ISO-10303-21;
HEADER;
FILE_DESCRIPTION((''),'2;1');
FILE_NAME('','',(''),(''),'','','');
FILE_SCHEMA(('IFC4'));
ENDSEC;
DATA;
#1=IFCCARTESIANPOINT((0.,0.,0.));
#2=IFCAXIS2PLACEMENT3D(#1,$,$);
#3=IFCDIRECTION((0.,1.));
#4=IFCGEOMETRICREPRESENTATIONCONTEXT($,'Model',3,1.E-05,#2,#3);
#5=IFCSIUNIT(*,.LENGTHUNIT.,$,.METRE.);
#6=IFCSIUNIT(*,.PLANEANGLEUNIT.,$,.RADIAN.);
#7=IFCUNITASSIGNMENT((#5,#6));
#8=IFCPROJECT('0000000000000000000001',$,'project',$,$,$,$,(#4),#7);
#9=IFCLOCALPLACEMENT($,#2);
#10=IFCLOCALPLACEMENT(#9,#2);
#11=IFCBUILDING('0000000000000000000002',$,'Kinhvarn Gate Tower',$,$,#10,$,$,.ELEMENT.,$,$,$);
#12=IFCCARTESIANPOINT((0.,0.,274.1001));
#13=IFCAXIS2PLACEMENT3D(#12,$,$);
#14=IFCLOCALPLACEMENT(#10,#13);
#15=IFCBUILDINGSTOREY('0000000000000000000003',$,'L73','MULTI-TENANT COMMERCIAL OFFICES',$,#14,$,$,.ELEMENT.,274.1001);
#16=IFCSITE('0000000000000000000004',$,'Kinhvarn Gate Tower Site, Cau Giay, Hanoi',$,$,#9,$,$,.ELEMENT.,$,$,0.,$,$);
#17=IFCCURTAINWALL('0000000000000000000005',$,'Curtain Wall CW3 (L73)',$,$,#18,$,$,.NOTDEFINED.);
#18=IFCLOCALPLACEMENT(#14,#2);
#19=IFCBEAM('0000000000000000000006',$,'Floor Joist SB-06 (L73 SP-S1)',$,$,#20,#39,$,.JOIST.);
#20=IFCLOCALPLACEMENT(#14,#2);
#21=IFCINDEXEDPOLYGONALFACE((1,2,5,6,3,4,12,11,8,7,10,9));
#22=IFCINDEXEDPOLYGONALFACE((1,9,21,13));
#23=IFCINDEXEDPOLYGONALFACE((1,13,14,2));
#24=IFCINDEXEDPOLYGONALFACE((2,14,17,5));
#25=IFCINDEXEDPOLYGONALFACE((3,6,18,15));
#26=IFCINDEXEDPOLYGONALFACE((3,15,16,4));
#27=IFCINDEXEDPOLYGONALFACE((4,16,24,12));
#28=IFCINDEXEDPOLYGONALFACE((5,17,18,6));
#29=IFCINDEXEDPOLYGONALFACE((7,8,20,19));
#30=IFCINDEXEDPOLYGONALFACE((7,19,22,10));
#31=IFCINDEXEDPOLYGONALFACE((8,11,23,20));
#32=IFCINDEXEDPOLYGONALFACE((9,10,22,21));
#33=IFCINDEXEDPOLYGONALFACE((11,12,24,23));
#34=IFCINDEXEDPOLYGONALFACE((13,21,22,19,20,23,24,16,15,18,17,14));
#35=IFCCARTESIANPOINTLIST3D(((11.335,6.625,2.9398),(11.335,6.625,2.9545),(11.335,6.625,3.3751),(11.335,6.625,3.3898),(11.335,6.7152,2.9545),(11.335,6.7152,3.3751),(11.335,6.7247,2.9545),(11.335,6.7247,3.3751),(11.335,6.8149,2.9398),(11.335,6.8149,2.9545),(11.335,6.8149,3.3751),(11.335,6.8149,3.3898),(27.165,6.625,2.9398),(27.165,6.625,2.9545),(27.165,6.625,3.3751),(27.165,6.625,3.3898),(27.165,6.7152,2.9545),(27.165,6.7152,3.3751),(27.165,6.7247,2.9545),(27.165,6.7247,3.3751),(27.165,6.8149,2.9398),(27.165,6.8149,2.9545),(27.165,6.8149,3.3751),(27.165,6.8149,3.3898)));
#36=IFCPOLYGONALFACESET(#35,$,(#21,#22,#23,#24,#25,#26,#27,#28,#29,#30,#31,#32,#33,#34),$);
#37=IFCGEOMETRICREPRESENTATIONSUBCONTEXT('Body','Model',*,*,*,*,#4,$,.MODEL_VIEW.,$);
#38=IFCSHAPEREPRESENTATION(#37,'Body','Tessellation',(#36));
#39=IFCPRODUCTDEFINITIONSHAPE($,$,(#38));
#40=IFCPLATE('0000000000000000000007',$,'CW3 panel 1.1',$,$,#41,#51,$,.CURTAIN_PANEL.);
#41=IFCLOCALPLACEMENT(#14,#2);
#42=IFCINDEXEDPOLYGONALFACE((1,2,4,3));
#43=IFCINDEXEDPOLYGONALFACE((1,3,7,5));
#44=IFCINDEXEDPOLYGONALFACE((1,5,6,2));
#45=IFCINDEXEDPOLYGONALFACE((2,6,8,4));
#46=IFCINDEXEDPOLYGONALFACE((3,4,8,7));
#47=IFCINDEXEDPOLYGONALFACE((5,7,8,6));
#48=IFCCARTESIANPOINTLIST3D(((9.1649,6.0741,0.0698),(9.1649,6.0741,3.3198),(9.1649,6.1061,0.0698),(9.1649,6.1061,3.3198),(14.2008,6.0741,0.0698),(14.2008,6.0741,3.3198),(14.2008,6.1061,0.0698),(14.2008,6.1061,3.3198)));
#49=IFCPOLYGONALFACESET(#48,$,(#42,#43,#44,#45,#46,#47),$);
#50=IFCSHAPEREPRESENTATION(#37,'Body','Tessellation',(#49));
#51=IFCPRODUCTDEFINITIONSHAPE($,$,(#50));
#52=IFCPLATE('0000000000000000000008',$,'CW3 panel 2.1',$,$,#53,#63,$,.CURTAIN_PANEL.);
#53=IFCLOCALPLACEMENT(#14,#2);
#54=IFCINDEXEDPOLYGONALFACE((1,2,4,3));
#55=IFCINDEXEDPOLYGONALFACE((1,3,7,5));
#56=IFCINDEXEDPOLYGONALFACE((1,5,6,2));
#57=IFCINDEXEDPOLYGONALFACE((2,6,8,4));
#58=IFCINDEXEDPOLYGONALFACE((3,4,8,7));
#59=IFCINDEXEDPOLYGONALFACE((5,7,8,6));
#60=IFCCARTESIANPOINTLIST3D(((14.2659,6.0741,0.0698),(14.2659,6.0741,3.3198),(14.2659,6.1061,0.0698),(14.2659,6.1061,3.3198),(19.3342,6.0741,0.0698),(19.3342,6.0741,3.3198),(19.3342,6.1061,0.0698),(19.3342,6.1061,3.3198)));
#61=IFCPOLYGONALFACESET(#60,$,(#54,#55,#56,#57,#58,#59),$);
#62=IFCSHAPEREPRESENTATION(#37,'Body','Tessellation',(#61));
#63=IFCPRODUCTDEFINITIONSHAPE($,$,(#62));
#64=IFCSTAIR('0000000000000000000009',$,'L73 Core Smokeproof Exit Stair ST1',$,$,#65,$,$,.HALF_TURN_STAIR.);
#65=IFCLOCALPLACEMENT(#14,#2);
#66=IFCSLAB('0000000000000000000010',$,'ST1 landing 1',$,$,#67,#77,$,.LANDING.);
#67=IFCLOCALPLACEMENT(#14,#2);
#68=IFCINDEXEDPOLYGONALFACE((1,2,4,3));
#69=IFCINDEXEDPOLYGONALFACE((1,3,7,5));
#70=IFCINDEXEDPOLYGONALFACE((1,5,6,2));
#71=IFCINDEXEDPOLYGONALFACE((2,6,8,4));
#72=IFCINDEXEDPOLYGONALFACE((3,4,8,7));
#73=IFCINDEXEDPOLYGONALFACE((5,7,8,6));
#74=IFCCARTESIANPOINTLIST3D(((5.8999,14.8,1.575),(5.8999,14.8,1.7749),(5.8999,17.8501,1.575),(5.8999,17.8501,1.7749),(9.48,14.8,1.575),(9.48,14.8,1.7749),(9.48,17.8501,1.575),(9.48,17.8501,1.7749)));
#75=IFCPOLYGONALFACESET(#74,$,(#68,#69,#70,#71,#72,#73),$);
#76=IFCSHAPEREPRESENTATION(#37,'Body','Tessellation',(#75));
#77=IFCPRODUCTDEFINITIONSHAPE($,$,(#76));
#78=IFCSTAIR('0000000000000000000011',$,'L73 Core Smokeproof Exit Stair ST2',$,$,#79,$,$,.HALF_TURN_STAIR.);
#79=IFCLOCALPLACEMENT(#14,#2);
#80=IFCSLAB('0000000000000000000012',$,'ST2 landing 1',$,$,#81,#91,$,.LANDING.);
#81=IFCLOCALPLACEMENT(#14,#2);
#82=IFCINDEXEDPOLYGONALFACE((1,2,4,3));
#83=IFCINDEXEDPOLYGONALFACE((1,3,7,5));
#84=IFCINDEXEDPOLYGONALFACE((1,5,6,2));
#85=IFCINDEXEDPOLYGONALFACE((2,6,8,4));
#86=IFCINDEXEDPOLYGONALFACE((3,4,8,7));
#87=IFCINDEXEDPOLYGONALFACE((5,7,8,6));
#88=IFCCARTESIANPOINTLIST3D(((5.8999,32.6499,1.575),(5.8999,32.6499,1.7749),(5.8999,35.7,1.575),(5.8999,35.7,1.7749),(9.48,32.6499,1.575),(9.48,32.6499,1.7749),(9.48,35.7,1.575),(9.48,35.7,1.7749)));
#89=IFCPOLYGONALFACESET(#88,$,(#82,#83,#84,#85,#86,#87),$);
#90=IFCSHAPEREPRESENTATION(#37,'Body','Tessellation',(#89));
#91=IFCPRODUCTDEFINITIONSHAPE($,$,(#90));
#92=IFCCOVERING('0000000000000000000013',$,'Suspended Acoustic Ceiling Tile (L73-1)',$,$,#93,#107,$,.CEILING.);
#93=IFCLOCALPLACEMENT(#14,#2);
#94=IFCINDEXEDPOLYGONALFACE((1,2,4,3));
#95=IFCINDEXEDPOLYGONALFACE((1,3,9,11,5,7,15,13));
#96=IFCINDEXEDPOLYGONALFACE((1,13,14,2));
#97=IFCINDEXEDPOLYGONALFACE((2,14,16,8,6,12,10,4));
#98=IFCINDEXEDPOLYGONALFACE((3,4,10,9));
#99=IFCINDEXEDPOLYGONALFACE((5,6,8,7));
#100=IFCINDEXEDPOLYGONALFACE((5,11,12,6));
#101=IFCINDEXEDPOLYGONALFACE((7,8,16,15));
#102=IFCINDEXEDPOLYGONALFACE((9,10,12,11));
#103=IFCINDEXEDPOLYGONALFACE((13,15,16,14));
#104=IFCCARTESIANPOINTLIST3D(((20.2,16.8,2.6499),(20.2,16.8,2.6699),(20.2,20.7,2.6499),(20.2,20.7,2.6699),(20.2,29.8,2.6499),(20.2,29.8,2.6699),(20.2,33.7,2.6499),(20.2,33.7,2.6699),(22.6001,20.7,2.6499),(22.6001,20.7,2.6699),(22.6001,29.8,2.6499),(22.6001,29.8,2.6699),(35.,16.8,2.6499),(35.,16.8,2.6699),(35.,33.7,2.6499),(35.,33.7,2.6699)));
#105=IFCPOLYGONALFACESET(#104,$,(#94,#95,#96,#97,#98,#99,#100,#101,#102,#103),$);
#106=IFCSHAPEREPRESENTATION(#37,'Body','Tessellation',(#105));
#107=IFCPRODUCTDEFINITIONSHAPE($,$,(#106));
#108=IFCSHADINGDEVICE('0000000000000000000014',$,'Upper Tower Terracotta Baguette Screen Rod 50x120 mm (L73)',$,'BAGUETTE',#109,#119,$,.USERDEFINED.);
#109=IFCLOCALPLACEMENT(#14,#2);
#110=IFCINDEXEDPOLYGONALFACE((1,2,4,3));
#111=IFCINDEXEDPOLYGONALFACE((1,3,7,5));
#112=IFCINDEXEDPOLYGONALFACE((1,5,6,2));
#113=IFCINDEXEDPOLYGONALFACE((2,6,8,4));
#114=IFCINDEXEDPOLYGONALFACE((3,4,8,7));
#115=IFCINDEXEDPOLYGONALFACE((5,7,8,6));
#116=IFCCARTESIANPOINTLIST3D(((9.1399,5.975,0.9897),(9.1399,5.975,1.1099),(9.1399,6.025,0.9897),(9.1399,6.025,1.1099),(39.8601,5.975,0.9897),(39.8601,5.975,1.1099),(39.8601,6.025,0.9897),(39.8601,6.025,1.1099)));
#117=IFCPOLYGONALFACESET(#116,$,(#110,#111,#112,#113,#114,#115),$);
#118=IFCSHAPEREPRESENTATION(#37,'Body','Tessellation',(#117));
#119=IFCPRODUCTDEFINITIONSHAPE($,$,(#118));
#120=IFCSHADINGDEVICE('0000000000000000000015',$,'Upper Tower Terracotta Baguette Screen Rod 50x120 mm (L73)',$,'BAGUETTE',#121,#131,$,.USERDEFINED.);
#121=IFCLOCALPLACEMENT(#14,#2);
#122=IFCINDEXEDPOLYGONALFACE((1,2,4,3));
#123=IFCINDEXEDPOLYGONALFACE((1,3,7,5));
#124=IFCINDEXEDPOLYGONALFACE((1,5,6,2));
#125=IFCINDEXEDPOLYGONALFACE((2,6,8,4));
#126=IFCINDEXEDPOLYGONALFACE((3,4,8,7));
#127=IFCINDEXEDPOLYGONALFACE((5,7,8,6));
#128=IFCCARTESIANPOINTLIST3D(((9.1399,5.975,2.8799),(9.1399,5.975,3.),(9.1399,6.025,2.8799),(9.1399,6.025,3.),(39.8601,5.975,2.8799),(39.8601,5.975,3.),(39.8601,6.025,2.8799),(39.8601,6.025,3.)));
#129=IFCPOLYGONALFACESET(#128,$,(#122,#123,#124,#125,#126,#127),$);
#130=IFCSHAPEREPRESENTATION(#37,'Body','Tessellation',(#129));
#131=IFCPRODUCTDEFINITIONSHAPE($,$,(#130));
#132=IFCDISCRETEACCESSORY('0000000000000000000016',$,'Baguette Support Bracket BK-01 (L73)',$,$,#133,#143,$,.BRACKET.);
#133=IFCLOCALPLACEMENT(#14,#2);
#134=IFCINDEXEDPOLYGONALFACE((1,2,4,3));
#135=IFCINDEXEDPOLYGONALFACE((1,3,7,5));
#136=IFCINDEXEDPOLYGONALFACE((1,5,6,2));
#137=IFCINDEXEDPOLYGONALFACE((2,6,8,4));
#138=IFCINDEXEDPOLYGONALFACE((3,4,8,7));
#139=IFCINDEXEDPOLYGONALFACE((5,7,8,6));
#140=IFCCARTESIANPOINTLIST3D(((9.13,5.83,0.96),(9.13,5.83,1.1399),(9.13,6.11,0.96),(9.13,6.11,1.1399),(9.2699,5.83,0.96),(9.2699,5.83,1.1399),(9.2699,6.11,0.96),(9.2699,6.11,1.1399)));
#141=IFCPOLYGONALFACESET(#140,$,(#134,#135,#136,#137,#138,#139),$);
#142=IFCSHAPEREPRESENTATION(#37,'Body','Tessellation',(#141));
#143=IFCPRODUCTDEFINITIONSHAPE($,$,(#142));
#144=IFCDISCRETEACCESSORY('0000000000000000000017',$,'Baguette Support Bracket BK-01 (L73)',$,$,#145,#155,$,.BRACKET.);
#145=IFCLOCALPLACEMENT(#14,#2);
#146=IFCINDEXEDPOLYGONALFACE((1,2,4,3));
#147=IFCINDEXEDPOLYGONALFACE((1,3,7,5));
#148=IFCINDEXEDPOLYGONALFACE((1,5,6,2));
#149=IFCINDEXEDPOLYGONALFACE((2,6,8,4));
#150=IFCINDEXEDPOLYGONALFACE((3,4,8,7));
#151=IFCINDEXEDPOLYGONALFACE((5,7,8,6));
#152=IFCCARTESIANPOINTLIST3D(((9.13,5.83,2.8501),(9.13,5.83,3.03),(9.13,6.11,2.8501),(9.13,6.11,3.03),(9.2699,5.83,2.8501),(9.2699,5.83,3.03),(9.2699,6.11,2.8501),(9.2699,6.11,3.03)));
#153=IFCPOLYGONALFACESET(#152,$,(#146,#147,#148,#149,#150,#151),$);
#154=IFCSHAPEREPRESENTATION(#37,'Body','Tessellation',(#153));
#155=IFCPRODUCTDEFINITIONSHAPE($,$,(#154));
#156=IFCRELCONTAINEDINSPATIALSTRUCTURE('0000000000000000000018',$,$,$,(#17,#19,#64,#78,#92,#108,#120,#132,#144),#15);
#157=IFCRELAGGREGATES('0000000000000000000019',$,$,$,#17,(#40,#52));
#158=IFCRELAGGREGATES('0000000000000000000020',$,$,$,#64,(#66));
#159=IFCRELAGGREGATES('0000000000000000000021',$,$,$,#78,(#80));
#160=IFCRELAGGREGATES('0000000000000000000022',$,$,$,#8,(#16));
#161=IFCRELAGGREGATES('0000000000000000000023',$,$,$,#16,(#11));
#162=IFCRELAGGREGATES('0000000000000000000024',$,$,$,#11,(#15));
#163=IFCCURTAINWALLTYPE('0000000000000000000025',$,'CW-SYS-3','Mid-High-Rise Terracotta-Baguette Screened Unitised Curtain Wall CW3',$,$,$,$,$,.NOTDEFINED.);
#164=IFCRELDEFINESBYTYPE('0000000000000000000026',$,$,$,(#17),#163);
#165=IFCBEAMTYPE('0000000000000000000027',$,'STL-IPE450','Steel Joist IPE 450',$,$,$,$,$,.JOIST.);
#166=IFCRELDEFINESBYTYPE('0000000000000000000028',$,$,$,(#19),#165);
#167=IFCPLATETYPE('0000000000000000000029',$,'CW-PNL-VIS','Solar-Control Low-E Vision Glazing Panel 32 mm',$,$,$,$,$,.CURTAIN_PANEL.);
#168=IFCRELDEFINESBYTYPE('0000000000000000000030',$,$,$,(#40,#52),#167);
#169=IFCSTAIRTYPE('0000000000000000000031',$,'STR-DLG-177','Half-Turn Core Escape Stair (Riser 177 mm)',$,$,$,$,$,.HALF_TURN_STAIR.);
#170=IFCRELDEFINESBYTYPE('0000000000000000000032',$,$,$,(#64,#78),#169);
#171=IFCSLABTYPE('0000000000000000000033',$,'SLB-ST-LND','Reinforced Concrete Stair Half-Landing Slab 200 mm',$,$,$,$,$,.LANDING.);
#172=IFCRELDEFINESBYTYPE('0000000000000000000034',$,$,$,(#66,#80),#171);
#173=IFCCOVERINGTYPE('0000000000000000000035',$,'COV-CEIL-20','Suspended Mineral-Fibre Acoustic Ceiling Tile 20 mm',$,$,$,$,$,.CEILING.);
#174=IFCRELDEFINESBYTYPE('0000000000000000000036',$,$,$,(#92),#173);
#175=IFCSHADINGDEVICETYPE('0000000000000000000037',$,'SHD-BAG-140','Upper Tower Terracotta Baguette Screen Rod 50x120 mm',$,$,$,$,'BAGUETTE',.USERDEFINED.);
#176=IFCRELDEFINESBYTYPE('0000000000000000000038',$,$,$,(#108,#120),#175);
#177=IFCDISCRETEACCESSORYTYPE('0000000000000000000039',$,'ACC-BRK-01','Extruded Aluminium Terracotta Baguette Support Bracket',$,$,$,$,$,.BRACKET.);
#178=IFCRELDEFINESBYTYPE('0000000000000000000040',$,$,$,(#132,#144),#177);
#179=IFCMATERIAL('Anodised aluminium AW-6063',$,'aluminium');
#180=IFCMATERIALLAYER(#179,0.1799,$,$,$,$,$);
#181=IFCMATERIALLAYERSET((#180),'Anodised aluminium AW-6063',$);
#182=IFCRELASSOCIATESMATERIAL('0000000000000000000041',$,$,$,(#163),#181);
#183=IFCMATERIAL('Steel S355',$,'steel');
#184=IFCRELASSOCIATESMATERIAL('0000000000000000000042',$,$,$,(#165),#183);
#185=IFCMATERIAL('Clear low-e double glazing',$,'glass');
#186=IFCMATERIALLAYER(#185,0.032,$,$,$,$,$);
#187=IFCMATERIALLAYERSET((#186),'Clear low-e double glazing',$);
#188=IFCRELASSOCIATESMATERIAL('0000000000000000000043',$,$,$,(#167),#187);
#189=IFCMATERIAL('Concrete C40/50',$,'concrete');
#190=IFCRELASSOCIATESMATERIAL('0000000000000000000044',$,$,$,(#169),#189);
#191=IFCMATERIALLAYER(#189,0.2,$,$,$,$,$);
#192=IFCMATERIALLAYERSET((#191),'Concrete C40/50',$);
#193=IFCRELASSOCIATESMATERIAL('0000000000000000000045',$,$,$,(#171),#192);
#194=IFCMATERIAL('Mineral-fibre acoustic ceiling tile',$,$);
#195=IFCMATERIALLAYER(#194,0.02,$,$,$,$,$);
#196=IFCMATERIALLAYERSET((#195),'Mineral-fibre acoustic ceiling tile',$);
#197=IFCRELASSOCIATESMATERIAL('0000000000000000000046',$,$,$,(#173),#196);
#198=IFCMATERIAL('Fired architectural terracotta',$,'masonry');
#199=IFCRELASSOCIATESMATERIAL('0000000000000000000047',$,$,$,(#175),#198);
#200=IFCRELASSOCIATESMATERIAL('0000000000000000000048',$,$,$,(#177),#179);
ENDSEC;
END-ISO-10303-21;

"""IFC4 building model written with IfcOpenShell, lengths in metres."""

from ifc_helpers import new_model, si_unit, direction, frame, origin, origin_2d, place, context, subcontext, project, spatial, polyline, rectangle, i_section, outline, extrude, material, layer, layer_set, material_profile, profile_set, type_object, element, aggregate, save


model = new_model("IFC4")

# Units and contexts
model_context = context("Model", 3, precision=1e-05, world=origin(), true_north=direction((0.0, 1.0)))
body_context = subcontext(model_context, "Body", "Model", "MODEL_VIEW")
ifc_project = project(units=[si_unit("LENGTHUNIT", "METRE"), si_unit("PLANEANGLEUNIT", "RADIAN")], contexts=[model_context])

# Site, building, storey
site_placement = place(None, origin())
site = spatial("IfcSite", under=ifc_project, at=site_placement, Name="Kinhvarn Gate Tower Site, Cau Giay, Hanoi", CompositionType="ELEMENT", RefElevation=0.0)
building_placement = place(site_placement, origin())
building = spatial("IfcBuilding", under=site, at=building_placement, Name="Kinhvarn Gate Tower", CompositionType="ELEMENT")
storey_placement = place(building_placement, frame((0.0, 0.0, 274.1001)))
storey = spatial("IfcBuildingStorey", under=building, at=storey_placement, Name="L73", Description="MULTI-TENANT COMMERCIAL OFFICES", CompositionType="ELEMENT", Elevation=274.1001)

# Curtain wall
ifc_material_1 = material(Name="Anodised aluminium AW-6063", Category="aluminium")
ifc_layer_1 = layer(ifc_material_1, 0.1799)
ifc_layer_set_1 = layer_set([ifc_layer_1], Name="Anodised aluminium AW-6063")
curtain_wall_type = type_object("IfcCurtainWallType", Name="CW-SYS-3", Description="Mid-High-Rise Terracotta-Baguette Screened Unitised Curtain Wall CW3", PredefinedType="NOTDEFINED", material=ifc_layer_set_1)
curtain_wall_placement = place(storey_placement, origin())
curtain_wall = element("IfcCurtainWall", 1, at=curtain_wall_placement, inside=storey, type_object=curtain_wall_type, Name="Curtain Wall CW3 (L73)", PredefinedType="NOTDEFINED")

# Beam
ifc_material_2 = material(Name="Steel S355", Category="steel")
ifc_material_profile_1 = material_profile(ifc_material_2, i_section(OverallWidth=0.1899, OverallDepth=0.45, WebThickness=0.0095, FlangeThickness=0.0146, at=origin_2d()), Name="IPE 450")
ifc_profile_set_1 = profile_set([ifc_material_profile_1], Name="Steel S355")
beam_type_1 = type_object("IfcBeamType", Name="STL-IPE450", Description="Steel Joist IPE 450", PredefinedType="JOIST", material=ifc_profile_set_1)
beam_1_placement = place(storey_placement, frame((11.335, 6.72, 3.1648), z_axis=(1.0, 0.0, 0.0), x_axis=(0.0, 1.0, 0.0)))
element("IfcBeam", 2, at=beam_1_placement, inside=storey, type_object=beam_type_1, Name="Floor Joist SB-06 (L73 SP-S1)", PredefinedType="JOIST", context=body_context, shape_type="SweptSolid", body=[
    extrude(i_section(OverallWidth=0.1899, OverallDepth=0.45, WebThickness=0.0095, FlangeThickness=0.0146, at=origin_2d()), origin(), (0.0, 0.0, 1.0), 15.8301),
])

# Plates
ifc_material_3 = material(Name="Clear low-e double glazing", Category="glass")
ifc_layer_2 = layer(ifc_material_3, 0.032)
ifc_layer_set_2 = layer_set([ifc_layer_2], Name="Clear low-e double glazing")
plate_type = type_object("IfcPlateType", Name="CW-PNL-VIS", Description="Solar-Control Low-E Vision Glazing Panel 32 mm", PredefinedType="CURTAIN_PANEL", material=ifc_layer_set_2)
plate_1_placement = place(storey_placement, frame((11.6829, 6.0901, 0.0698), z_axis=(0.0, 0.0, 1.0), x_axis=(1.0, 0.0, 0.0)))
plate_1 = element("IfcPlate", 3, at=plate_1_placement, type_object=plate_type, Name="CW3 panel 1.1", PredefinedType="CURTAIN_PANEL", context=body_context, shape_type="SweptSolid", body=[
    extrude(rectangle(XDim=5.0359, YDim=0.032, at=origin_2d()), origin(), (0.0, 0.0, 1.0), 3.25),
])
plate_2_placement = place(storey_placement, frame((16.8, 6.0901, 0.0698), z_axis=(0.0, 0.0, 1.0), x_axis=(1.0, 0.0, 0.0)))
plate_2 = element("IfcPlate", 4, at=plate_2_placement, type_object=plate_type, Name="CW3 panel 2.1", PredefinedType="CURTAIN_PANEL", context=body_context, shape_type="SweptSolid", body=[
    extrude(rectangle(XDim=5.0684, YDim=0.032, at=origin_2d()), origin(), (0.0, 0.0, 1.0), 3.25),
])
aggregate(curtain_wall, [plate_1, plate_2])

# Stairs, slabs
ifc_material_4 = material(Name="Concrete C40/50", Category="concrete")
stair_type = type_object("IfcStairType", Name="STR-DLG-177", Description="Half-Turn Core Escape Stair (Riser 177 mm)", PredefinedType="HALF_TURN_STAIR", material=ifc_material_4)
stair_1_placement = place(storey_placement, origin())
stair_1 = element("IfcStair", 5, at=stair_1_placement, inside=storey, type_object=stair_type, Name="L73 Core Smokeproof Exit Stair ST1", PredefinedType="HALF_TURN_STAIR")
ifc_layer_3 = layer(ifc_material_4, 0.2)
ifc_layer_set_3 = layer_set([ifc_layer_3], Name="Concrete C40/50")
slab_type = type_object("IfcSlabType", Name="SLB-ST-LND", Description="Reinforced Concrete Stair Half-Landing Slab 200 mm", PredefinedType="LANDING", material=ifc_layer_set_3)
slab_1_placement = place(storey_placement, frame((0.0, 0.0, 1.575)))
slab_1 = element("IfcSlab", 6, at=slab_1_placement, type_object=slab_type, Name="ST1 landing 1", PredefinedType="LANDING", context=body_context, shape_type="SweptSolid", body=[
    extrude(outline(polyline([(9.48, 17.8501), (5.8999, 17.8501), (5.8999, 14.8), (9.48, 14.8), (9.48, 17.8501)])), origin(), (0.0, 0.0, 1.0), 0.2),
])
aggregate(stair_1, [slab_1])
stair_2_placement = place(storey_placement, origin())
stair_2 = element("IfcStair", 7, at=stair_2_placement, inside=storey, type_object=stair_type, Name="L73 Core Smokeproof Exit Stair ST2", PredefinedType="HALF_TURN_STAIR")
slab_2_placement = place(storey_placement, frame((0.0, 0.0, 1.575)))
slab_2 = element("IfcSlab", 8, at=slab_2_placement, type_object=slab_type, Name="ST2 landing 1", PredefinedType="LANDING", context=body_context, shape_type="SweptSolid", body=[
    extrude(outline(polyline([(9.48, 35.7), (5.8999, 35.7), (5.8999, 32.6499), (9.48, 32.6499), (9.48, 35.7)])), origin(), (0.0, 0.0, 1.0), 0.2),
])
aggregate(stair_2, [slab_2])

# Covering
ifc_material_5 = material(Name="Mineral-fibre acoustic ceiling tile")
ifc_layer_4 = layer(ifc_material_5, 0.02)
ifc_layer_set_4 = layer_set([ifc_layer_4], Name="Mineral-fibre acoustic ceiling tile")
covering_type = type_object("IfcCoveringType", Name="COV-CEIL-20", Description="Suspended Mineral-Fibre Acoustic Ceiling Tile 20 mm", PredefinedType="CEILING", material=ifc_layer_set_4)
covering_placement = place(storey_placement, frame((0.0, 0.0, 2.6499)))
element("IfcCovering", 9, at=covering_placement, inside=storey, type_object=covering_type, Name="Suspended Acoustic Ceiling Tile (L73-1)", PredefinedType="CEILING", context=body_context, shape_type="SweptSolid", body=[
    extrude(outline(polyline([(35.0, 33.7), (35.0, 16.8), (20.2, 16.8), (20.2, 20.7), (22.6001, 20.7), (22.6001, 29.8), (20.2, 29.8), (20.2, 33.7), (35.0, 33.7)])), origin(), (0.0, 0.0, 1.0), 0.02),
])

# Shading devices
ifc_material_6 = material(Name="Fired architectural terracotta", Category="masonry")
ifc_material_profile_2 = material_profile(ifc_material_6, rectangle(XDim=0.05, YDim=0.1201, at=origin_2d()), Name="TC 50x120")
ifc_profile_set_2 = profile_set([ifc_material_profile_2], Name="Fired architectural terracotta")
shading_device_type = type_object("IfcShadingDeviceType", Name="SHD-BAG-140", Description="Upper Tower Terracotta Baguette Screen Rod 50x120 mm", ElementType="BAGUETTE", PredefinedType="USERDEFINED", material=ifc_profile_set_2)
for number, where, z_axis, x_axis, name in (
    (10, (9.1399, 6.0, 1.0498), (1.0, 0.0, 0.0), (0.0, 1.0, 0.0), "Upper Tower Terracotta Baguette Screen Rod 50x120 mm (L73)"),
    (11, (9.1399, 6.0, 2.9399), (1.0, 0.0, 0.0), (0.0, 1.0, 0.0), "Upper Tower Terracotta Baguette Screen Rod 50x120 mm (L73)"),
):
    element("IfcShadingDevice", number, at=place(storey_placement, frame(where, z_axis=z_axis, x_axis=x_axis)), inside=storey, type_object=shading_device_type, Name=name, ObjectType="BAGUETTE", PredefinedType="USERDEFINED", context=body_context, shape_type="SweptSolid", body=[
        extrude(rectangle(XDim=0.05, YDim=0.1201, at=origin_2d()), origin(), (0.0, 0.0, 1.0), 30.7202),
    ])

# Discrete accessories
discrete_accessory_type = type_object("IfcDiscreteAccessoryType", Name="ACC-BRK-01", Description="Extruded Aluminium Terracotta Baguette Support Bracket", PredefinedType="BRACKET", material=ifc_material_1)
for number, where, z_axis, x_axis, name in (
    (12, (9.2, 5.97, 0.96), (0.0, 0.0, 1.0), (1.0, 0.0, 0.0), "Baguette Support Bracket BK-01 (L73)"),
    (13, (9.2, 5.97, 2.8501), (0.0, 0.0, 1.0), (1.0, 0.0, 0.0), "Baguette Support Bracket BK-01 (L73)"),
):
    element("IfcDiscreteAccessory", number, at=place(storey_placement, frame(where, z_axis=z_axis, x_axis=x_axis)), inside=storey, type_object=discrete_accessory_type, Name=name, PredefinedType="BRACKET", context=body_context, shape_type="SweptSolid", body=[
        extrude(rectangle(XDim=0.1399, YDim=0.28, at=origin_2d()), origin(), (0.0, 0.0, 1.0), 0.1799),
    ])

save(model, "model.ifc")
